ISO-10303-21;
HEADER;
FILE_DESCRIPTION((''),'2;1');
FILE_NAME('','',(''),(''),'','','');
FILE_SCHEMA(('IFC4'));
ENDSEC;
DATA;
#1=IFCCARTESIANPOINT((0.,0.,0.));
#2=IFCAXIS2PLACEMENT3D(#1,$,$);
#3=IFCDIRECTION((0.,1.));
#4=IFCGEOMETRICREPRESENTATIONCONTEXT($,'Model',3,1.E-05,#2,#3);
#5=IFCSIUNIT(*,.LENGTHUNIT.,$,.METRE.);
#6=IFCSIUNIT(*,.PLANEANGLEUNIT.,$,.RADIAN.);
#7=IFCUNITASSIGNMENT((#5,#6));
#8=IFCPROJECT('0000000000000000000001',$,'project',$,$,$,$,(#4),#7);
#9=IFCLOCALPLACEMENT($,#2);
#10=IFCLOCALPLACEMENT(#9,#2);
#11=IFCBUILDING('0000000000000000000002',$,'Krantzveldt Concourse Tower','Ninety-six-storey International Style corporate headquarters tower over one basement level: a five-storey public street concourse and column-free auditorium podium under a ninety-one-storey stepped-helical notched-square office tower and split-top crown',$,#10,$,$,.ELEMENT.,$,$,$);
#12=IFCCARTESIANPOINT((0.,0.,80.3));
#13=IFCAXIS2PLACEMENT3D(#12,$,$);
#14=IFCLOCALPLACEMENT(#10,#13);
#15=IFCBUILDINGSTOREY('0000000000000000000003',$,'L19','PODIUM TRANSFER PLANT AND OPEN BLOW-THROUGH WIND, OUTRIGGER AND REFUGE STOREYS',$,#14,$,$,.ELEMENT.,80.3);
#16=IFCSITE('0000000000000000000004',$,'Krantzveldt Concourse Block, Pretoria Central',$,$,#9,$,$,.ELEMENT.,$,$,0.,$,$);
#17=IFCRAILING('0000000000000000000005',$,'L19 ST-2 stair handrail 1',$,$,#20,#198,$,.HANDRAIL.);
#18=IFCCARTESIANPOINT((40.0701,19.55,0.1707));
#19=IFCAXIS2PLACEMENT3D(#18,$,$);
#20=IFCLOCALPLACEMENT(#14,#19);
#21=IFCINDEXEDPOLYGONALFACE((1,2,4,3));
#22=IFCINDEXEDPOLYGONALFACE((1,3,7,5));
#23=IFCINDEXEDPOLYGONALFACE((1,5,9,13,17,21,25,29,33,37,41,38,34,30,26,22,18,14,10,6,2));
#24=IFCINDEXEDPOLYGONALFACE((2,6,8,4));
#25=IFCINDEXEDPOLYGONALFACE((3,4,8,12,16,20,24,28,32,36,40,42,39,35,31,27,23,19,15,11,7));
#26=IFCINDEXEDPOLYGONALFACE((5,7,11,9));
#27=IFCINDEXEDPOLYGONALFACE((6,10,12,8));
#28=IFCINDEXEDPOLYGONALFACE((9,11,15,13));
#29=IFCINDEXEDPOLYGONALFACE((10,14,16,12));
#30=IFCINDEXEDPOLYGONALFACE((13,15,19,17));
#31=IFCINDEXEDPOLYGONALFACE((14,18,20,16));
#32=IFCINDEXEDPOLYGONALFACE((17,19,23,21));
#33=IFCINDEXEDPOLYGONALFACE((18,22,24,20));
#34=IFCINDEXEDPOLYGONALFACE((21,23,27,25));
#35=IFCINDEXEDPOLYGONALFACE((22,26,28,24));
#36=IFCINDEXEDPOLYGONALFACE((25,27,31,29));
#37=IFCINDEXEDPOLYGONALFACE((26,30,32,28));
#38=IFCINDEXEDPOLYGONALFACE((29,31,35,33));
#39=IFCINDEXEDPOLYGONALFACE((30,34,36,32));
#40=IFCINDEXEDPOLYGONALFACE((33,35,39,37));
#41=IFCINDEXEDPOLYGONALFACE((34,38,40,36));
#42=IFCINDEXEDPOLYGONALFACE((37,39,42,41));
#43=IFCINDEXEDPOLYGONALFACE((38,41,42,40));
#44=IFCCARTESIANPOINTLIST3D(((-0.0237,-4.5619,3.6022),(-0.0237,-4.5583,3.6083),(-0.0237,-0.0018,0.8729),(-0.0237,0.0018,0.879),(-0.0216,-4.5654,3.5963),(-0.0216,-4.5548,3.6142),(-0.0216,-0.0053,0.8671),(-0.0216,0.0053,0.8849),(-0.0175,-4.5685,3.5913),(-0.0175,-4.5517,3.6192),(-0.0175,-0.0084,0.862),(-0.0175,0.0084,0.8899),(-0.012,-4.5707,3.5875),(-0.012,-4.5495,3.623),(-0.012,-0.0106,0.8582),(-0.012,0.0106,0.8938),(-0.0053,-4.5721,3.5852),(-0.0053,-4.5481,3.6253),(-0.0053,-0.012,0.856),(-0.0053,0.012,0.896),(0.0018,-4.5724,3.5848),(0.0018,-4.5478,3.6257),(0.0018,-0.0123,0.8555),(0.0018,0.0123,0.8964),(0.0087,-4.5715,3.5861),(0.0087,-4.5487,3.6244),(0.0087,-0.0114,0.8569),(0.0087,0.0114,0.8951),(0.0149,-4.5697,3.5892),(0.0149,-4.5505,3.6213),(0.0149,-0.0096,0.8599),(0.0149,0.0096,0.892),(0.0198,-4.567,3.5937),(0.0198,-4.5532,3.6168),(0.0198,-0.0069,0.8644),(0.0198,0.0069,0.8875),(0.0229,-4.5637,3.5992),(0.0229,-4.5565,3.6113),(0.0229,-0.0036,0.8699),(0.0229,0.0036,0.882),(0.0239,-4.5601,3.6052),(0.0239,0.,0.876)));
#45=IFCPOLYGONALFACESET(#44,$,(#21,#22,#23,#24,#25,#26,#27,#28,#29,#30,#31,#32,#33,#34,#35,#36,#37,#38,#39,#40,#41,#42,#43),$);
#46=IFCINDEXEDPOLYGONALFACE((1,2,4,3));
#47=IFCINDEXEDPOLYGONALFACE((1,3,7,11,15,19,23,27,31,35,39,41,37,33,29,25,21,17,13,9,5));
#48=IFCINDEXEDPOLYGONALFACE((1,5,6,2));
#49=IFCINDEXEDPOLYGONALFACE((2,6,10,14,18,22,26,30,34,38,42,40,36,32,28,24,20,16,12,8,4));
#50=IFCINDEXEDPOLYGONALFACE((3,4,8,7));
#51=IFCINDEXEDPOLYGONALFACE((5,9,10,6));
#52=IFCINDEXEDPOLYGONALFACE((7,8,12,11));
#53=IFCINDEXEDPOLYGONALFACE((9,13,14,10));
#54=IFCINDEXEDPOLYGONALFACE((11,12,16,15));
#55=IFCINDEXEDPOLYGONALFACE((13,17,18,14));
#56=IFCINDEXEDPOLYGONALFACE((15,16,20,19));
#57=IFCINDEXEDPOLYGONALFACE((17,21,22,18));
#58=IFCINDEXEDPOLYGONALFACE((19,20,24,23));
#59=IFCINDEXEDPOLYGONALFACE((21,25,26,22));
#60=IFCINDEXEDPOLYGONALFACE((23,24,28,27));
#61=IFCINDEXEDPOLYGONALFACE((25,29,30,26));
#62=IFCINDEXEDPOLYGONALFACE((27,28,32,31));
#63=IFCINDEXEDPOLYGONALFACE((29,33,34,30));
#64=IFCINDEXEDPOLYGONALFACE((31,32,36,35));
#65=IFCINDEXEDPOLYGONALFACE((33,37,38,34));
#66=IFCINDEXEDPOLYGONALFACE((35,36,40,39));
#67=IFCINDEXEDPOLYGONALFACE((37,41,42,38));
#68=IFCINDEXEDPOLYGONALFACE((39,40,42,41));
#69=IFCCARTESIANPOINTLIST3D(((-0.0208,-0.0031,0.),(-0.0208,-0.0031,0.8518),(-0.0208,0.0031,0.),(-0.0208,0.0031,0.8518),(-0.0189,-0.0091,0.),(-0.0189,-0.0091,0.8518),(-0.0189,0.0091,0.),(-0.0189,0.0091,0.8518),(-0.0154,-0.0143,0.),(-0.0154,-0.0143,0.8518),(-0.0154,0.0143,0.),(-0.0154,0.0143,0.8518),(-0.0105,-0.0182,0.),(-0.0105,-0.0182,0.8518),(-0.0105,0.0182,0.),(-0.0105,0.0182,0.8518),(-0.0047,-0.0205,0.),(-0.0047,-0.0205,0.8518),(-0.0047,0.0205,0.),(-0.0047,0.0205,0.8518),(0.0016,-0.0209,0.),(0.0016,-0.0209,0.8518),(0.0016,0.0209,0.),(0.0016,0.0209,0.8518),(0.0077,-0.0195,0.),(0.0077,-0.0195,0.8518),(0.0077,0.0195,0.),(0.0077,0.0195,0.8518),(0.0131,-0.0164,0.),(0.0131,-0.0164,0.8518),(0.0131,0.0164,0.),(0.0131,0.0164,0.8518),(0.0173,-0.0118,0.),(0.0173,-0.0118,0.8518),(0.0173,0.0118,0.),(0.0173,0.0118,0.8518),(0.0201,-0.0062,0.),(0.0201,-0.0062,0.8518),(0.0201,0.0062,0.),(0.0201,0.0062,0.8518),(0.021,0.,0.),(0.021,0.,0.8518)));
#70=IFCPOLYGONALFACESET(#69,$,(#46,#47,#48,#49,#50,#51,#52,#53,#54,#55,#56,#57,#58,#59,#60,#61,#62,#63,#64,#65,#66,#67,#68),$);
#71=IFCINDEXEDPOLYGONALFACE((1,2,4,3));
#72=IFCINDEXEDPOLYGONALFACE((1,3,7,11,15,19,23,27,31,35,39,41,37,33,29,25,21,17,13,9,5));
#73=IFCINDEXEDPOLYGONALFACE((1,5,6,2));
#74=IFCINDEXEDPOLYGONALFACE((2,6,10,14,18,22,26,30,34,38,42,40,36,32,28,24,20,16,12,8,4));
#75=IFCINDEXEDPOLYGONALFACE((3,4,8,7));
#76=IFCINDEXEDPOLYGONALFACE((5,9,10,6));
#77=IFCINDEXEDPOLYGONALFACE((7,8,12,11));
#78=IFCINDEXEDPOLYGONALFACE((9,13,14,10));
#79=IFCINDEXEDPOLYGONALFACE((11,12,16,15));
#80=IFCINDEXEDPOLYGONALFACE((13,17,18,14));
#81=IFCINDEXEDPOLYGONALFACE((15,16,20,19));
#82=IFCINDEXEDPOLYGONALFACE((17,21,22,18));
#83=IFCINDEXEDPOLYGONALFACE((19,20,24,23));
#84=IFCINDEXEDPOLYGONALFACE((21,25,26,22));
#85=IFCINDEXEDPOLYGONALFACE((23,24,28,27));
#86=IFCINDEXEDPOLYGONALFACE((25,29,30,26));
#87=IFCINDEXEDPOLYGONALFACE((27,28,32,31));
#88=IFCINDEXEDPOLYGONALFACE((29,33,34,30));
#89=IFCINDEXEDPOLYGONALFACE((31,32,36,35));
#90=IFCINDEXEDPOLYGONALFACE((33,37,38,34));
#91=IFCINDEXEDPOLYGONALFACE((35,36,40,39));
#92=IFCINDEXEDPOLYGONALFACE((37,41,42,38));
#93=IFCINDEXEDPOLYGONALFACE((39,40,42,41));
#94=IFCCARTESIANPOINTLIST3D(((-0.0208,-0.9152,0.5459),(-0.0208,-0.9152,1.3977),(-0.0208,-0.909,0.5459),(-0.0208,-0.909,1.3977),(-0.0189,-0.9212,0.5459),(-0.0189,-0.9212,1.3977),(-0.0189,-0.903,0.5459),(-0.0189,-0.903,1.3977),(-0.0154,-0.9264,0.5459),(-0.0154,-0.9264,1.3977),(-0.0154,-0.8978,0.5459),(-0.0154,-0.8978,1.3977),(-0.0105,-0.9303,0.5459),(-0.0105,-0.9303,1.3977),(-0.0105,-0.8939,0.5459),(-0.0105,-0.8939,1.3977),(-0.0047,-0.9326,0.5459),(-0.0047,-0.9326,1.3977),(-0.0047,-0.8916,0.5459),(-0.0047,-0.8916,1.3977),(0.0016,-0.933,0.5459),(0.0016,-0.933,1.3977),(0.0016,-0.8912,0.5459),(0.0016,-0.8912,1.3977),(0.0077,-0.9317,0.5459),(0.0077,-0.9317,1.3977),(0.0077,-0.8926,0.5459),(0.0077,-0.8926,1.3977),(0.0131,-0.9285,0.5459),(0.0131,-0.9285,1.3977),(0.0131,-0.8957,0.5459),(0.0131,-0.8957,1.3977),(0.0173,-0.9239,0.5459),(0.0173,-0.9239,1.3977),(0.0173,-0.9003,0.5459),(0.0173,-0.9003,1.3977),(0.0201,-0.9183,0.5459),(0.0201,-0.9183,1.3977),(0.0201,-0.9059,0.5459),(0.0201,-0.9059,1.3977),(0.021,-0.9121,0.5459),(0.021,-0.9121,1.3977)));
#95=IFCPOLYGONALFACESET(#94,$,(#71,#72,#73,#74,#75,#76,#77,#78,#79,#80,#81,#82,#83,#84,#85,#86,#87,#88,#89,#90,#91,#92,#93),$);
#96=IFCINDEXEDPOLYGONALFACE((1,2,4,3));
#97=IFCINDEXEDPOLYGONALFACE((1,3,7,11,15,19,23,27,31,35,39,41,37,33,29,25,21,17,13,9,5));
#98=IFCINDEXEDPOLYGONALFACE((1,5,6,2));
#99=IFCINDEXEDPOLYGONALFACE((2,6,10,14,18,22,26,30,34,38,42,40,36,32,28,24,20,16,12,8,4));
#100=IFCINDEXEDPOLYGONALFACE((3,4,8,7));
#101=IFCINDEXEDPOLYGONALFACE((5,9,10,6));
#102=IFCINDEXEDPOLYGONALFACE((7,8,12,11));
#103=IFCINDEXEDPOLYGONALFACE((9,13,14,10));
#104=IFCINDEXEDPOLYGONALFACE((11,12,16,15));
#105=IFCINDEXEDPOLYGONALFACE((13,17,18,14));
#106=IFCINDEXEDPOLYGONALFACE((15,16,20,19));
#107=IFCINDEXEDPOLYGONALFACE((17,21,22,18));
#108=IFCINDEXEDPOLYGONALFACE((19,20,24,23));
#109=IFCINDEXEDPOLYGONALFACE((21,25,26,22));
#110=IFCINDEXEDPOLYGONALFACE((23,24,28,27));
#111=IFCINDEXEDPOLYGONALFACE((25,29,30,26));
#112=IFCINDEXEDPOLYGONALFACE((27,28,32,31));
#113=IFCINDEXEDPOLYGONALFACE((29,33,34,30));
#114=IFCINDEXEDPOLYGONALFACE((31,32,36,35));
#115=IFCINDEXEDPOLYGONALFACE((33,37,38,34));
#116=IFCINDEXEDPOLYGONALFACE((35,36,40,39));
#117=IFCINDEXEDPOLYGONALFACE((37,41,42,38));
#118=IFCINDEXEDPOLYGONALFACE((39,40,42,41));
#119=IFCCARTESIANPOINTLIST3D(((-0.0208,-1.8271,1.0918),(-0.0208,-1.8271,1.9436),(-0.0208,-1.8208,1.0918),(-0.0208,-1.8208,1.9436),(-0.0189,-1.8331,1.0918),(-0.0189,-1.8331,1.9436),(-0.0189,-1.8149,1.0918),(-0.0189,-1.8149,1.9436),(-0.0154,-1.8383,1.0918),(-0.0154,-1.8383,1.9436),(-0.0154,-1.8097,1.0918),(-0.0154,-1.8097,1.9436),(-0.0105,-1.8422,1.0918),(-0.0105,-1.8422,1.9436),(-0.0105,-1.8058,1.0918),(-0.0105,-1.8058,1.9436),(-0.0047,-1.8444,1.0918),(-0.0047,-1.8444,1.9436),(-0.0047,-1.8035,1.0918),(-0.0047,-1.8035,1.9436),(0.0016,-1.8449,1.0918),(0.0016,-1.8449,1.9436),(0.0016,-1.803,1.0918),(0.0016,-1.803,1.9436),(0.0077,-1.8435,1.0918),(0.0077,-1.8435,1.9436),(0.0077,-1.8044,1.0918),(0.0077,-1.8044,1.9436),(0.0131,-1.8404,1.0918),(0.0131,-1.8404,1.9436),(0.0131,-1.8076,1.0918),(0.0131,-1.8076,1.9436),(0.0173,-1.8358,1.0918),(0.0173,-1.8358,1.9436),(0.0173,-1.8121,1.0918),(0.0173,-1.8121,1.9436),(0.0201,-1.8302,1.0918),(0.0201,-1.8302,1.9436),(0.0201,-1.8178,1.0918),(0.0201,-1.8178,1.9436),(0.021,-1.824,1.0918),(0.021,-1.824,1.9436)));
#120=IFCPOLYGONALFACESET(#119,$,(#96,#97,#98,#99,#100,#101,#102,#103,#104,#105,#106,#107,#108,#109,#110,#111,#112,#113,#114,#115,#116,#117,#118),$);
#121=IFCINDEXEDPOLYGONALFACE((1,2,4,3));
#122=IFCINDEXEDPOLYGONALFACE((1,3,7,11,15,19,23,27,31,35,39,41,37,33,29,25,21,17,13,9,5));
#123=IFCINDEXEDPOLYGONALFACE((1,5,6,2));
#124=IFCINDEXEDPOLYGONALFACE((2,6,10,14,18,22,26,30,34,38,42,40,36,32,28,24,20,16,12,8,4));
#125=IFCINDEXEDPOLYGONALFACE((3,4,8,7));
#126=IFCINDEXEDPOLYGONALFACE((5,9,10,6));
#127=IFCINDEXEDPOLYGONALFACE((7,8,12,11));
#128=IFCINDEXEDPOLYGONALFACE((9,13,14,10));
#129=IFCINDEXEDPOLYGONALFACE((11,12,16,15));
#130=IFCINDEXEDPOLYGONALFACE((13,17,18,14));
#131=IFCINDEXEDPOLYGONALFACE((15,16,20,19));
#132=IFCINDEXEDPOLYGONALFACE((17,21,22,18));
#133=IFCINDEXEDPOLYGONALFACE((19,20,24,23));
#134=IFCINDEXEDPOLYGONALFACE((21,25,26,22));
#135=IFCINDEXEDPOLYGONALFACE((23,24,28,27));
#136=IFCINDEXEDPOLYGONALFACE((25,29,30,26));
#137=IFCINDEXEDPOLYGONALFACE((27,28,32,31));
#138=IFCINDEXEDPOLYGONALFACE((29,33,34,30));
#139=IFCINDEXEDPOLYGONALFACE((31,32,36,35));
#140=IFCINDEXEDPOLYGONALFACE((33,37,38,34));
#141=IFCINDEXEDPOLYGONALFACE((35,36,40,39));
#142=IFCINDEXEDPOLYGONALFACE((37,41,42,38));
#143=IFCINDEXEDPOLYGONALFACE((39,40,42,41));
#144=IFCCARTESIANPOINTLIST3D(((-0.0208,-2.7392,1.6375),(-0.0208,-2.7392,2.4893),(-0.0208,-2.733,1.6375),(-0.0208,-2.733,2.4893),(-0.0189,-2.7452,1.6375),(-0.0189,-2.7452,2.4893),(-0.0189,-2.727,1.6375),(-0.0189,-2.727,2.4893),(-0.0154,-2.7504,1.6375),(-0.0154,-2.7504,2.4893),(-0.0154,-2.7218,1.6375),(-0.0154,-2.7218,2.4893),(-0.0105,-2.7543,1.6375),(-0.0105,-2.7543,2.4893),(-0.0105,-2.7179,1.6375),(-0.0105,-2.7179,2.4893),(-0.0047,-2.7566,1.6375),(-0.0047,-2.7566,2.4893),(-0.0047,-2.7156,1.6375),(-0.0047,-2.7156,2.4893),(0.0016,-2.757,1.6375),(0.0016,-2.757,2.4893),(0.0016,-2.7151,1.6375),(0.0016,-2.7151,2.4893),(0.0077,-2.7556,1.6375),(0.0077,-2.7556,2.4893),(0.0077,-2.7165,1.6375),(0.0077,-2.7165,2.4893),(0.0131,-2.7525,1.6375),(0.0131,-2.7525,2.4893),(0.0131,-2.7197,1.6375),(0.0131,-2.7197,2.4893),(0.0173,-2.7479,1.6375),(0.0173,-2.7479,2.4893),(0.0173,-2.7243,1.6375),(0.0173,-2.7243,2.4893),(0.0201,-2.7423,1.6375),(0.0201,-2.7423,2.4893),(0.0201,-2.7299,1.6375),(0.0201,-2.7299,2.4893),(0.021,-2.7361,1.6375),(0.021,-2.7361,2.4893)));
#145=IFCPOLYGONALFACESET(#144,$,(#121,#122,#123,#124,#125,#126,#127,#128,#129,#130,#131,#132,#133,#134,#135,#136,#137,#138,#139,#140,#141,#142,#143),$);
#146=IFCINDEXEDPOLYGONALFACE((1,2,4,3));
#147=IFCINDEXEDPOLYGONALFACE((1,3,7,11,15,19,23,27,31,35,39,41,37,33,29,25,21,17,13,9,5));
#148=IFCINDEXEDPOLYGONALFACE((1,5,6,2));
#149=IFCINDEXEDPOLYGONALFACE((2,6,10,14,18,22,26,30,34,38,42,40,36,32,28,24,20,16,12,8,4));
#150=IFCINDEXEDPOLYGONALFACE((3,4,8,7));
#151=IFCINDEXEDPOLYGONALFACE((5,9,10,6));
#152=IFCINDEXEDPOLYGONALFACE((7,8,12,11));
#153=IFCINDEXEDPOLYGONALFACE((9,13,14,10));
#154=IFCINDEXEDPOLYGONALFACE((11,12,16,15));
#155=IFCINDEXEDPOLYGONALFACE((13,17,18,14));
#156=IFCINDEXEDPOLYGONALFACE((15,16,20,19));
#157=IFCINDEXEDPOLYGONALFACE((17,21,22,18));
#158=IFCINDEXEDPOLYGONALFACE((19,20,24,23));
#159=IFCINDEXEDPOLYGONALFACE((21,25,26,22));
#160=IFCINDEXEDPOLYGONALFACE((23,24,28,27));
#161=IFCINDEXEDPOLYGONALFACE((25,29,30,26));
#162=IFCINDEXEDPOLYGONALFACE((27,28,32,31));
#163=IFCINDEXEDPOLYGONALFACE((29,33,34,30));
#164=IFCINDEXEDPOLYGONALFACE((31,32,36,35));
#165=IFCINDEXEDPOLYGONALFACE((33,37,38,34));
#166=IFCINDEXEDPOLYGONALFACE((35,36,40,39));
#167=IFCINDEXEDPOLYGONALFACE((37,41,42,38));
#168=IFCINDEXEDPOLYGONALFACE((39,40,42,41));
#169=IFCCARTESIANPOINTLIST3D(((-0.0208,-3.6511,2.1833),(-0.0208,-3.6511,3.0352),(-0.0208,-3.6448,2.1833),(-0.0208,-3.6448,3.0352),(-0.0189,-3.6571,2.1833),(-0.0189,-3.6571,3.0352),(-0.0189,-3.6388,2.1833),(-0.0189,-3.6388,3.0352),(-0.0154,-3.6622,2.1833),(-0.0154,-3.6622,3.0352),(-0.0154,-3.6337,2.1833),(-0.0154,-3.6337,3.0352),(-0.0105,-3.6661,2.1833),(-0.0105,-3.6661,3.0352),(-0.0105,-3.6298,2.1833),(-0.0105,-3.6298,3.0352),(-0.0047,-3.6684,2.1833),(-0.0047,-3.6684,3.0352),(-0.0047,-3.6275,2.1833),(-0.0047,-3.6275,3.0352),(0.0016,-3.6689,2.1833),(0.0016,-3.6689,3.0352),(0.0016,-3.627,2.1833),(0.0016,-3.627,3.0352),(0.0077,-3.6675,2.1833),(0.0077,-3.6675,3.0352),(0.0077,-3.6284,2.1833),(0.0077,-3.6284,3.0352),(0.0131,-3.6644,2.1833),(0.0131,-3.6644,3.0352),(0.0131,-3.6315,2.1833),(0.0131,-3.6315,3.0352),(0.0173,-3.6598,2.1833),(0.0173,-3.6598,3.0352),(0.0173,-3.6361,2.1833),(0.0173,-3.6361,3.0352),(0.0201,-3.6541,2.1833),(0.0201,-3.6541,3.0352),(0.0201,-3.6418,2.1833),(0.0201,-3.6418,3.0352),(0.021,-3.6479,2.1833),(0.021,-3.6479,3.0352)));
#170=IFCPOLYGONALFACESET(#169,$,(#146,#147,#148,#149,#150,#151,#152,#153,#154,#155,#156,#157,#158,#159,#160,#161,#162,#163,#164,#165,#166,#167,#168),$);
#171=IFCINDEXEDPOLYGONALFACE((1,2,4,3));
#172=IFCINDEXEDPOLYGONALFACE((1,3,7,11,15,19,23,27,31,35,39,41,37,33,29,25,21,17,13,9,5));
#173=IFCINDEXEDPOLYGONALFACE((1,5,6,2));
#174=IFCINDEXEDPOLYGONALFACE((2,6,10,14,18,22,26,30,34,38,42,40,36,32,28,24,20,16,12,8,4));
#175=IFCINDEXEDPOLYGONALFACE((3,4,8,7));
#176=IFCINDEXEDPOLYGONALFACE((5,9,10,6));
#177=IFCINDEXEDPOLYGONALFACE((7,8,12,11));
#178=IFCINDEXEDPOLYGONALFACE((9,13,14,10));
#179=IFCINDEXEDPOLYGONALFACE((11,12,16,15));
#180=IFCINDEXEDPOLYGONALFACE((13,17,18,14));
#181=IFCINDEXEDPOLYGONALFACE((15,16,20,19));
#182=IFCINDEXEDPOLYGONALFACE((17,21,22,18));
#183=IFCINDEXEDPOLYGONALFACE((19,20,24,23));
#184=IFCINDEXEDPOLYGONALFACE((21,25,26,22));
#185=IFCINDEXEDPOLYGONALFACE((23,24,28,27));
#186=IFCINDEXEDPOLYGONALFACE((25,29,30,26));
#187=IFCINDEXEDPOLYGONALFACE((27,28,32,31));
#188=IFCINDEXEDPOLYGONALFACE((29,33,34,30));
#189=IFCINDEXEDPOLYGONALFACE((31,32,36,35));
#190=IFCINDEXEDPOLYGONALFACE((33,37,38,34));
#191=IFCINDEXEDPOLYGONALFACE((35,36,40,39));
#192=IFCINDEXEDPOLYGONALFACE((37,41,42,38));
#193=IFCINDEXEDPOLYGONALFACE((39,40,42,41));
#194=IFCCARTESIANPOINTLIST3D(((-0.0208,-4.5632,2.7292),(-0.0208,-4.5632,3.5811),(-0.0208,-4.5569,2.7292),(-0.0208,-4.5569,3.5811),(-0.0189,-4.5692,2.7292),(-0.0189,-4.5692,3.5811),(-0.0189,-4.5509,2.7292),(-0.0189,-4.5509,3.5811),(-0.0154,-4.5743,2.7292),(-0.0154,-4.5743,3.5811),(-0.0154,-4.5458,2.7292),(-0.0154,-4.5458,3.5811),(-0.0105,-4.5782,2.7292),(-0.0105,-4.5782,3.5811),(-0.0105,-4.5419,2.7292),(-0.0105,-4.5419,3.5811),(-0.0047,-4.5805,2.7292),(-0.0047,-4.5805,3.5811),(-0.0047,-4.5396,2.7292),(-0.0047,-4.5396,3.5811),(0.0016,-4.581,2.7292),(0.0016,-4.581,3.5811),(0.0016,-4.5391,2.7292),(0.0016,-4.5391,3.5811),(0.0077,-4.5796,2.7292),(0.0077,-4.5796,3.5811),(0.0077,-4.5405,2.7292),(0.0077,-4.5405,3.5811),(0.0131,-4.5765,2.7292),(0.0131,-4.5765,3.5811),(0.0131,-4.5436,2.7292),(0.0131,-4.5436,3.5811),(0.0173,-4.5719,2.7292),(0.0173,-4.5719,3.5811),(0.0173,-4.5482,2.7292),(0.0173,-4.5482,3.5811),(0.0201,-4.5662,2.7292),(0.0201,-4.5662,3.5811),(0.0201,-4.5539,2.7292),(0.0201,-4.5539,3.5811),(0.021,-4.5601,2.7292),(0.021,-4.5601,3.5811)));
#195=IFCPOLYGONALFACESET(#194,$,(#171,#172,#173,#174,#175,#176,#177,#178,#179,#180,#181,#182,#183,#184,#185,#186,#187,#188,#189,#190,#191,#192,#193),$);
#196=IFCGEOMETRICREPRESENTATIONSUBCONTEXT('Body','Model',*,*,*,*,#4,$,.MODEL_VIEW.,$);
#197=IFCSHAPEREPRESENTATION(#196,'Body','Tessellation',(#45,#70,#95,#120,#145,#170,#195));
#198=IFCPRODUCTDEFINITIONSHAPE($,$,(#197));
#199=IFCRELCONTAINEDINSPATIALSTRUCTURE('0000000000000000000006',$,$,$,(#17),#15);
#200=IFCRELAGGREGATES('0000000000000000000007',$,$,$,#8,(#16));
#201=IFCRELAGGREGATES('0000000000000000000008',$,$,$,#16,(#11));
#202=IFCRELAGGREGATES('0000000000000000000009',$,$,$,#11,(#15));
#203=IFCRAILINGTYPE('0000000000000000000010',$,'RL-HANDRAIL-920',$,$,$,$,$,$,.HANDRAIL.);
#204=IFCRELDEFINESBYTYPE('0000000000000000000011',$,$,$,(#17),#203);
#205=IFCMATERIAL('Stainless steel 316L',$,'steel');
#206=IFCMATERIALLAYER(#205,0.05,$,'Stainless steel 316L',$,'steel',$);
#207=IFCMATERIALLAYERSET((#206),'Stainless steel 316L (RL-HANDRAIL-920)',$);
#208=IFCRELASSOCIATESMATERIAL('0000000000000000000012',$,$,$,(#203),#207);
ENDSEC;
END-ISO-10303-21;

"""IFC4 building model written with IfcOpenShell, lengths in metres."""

from ifc_helpers import new_model, si_unit, direction, frame, origin, origin_2d, place, context, subcontext, project, spatial, circle, extrude, material, layer, layer_set, type_object, element, save


model = new_model("IFC4")

# Units and contexts
model_context = context("Model", 3, precision=1e-05, world=origin(), true_north=direction((0.0, 1.0)))
body_context = subcontext(model_context, "Body", "Model", "MODEL_VIEW")
ifc_project = project(units=[si_unit("LENGTHUNIT", "METRE"), si_unit("PLANEANGLEUNIT", "RADIAN")], contexts=[model_context])

# Site, building, storey
site_placement = place(None, origin())
site = spatial("IfcSite", under=ifc_project, at=site_placement, Name="Krantzveldt Concourse Block, Pretoria Central", CompositionType="ELEMENT", RefElevation=0.0)
building_placement = place(site_placement, origin())
building = spatial("IfcBuilding", under=site, at=building_placement, Name="Krantzveldt Concourse Tower", Description="Ninety-six-storey International Style corporate headquarters tower over one basement level: a five-storey public street concourse and column-free auditorium podium under a ninety-one-storey stepped-helical notched-square office tower and split-top crown", CompositionType="ELEMENT")
storey_placement = place(building_placement, frame((0.0, 0.0, 80.3)))
storey = spatial("IfcBuildingStorey", under=building, at=storey_placement, Name="L19", Description="PODIUM TRANSFER PLANT AND OPEN BLOW-THROUGH WIND, OUTRIGGER AND REFUGE STOREYS", CompositionType="ELEMENT", Elevation=80.3)

# Shared definitions
ifc_material_1 = material(Name="Stainless steel 316L", Category="steel")

# Railing
ifc_layer_1 = layer(ifc_material_1, 0.05, Name="Stainless steel 316L", Category="steel")
ifc_layer_set_1 = layer_set([ifc_layer_1], Name="Stainless steel 316L (RL-HANDRAIL-920)")
railing_type_1 = type_object("IfcRailingType", Name="RL-HANDRAIL-920", PredefinedType="HANDRAIL", material=ifc_layer_set_1)
railing_1_placement = place(storey_placement, frame((40.0701, 19.55, 0.1707)))
element("IfcRailing", 1, at=railing_1_placement, inside=storey, type_object=railing_type_1, Name="L19 ST-2 stair handrail 1", PredefinedType="HANDRAIL", context=body_context, shape_type="SweptSolid", body=[
    extrude(circle(Radius=0.0239, at=origin_2d()), frame((0.0, 0.0, 0.876), z_axis=(0.0, -0.858056, 0.513556), x_axis=(1.0, 0.0, 0.0)), (0.0, 0.0, 1.0), 5.3145),
    extrude(circle(Radius=0.021, at=origin_2d()), origin(), (0.0, 0.0, 1.0), 0.8518),
    extrude(circle(Radius=0.021, at=origin_2d()), frame((0.0, -0.9121, 0.5459)), (0.0, 0.0, 1.0), 0.8518),
    extrude(circle(Radius=0.021, at=origin_2d()), frame((0.0, -1.824, 1.0918)), (0.0, 0.0, 1.0), 0.8518),
    extrude(circle(Radius=0.021, at=origin_2d()), frame((0.0, -2.7361, 1.6375)), (0.0, 0.0, 1.0), 0.8518),
    extrude(circle(Radius=0.021, at=origin_2d()), frame((0.0, -3.6479, 2.1833)), (0.0, 0.0, 1.0), 0.8518),
    extrude(circle(Radius=0.021, at=origin_2d()), frame((0.0, -4.5601, 2.7292)), (0.0, 0.0, 1.0), 0.8518),
])

save(model, "model.ifc")
